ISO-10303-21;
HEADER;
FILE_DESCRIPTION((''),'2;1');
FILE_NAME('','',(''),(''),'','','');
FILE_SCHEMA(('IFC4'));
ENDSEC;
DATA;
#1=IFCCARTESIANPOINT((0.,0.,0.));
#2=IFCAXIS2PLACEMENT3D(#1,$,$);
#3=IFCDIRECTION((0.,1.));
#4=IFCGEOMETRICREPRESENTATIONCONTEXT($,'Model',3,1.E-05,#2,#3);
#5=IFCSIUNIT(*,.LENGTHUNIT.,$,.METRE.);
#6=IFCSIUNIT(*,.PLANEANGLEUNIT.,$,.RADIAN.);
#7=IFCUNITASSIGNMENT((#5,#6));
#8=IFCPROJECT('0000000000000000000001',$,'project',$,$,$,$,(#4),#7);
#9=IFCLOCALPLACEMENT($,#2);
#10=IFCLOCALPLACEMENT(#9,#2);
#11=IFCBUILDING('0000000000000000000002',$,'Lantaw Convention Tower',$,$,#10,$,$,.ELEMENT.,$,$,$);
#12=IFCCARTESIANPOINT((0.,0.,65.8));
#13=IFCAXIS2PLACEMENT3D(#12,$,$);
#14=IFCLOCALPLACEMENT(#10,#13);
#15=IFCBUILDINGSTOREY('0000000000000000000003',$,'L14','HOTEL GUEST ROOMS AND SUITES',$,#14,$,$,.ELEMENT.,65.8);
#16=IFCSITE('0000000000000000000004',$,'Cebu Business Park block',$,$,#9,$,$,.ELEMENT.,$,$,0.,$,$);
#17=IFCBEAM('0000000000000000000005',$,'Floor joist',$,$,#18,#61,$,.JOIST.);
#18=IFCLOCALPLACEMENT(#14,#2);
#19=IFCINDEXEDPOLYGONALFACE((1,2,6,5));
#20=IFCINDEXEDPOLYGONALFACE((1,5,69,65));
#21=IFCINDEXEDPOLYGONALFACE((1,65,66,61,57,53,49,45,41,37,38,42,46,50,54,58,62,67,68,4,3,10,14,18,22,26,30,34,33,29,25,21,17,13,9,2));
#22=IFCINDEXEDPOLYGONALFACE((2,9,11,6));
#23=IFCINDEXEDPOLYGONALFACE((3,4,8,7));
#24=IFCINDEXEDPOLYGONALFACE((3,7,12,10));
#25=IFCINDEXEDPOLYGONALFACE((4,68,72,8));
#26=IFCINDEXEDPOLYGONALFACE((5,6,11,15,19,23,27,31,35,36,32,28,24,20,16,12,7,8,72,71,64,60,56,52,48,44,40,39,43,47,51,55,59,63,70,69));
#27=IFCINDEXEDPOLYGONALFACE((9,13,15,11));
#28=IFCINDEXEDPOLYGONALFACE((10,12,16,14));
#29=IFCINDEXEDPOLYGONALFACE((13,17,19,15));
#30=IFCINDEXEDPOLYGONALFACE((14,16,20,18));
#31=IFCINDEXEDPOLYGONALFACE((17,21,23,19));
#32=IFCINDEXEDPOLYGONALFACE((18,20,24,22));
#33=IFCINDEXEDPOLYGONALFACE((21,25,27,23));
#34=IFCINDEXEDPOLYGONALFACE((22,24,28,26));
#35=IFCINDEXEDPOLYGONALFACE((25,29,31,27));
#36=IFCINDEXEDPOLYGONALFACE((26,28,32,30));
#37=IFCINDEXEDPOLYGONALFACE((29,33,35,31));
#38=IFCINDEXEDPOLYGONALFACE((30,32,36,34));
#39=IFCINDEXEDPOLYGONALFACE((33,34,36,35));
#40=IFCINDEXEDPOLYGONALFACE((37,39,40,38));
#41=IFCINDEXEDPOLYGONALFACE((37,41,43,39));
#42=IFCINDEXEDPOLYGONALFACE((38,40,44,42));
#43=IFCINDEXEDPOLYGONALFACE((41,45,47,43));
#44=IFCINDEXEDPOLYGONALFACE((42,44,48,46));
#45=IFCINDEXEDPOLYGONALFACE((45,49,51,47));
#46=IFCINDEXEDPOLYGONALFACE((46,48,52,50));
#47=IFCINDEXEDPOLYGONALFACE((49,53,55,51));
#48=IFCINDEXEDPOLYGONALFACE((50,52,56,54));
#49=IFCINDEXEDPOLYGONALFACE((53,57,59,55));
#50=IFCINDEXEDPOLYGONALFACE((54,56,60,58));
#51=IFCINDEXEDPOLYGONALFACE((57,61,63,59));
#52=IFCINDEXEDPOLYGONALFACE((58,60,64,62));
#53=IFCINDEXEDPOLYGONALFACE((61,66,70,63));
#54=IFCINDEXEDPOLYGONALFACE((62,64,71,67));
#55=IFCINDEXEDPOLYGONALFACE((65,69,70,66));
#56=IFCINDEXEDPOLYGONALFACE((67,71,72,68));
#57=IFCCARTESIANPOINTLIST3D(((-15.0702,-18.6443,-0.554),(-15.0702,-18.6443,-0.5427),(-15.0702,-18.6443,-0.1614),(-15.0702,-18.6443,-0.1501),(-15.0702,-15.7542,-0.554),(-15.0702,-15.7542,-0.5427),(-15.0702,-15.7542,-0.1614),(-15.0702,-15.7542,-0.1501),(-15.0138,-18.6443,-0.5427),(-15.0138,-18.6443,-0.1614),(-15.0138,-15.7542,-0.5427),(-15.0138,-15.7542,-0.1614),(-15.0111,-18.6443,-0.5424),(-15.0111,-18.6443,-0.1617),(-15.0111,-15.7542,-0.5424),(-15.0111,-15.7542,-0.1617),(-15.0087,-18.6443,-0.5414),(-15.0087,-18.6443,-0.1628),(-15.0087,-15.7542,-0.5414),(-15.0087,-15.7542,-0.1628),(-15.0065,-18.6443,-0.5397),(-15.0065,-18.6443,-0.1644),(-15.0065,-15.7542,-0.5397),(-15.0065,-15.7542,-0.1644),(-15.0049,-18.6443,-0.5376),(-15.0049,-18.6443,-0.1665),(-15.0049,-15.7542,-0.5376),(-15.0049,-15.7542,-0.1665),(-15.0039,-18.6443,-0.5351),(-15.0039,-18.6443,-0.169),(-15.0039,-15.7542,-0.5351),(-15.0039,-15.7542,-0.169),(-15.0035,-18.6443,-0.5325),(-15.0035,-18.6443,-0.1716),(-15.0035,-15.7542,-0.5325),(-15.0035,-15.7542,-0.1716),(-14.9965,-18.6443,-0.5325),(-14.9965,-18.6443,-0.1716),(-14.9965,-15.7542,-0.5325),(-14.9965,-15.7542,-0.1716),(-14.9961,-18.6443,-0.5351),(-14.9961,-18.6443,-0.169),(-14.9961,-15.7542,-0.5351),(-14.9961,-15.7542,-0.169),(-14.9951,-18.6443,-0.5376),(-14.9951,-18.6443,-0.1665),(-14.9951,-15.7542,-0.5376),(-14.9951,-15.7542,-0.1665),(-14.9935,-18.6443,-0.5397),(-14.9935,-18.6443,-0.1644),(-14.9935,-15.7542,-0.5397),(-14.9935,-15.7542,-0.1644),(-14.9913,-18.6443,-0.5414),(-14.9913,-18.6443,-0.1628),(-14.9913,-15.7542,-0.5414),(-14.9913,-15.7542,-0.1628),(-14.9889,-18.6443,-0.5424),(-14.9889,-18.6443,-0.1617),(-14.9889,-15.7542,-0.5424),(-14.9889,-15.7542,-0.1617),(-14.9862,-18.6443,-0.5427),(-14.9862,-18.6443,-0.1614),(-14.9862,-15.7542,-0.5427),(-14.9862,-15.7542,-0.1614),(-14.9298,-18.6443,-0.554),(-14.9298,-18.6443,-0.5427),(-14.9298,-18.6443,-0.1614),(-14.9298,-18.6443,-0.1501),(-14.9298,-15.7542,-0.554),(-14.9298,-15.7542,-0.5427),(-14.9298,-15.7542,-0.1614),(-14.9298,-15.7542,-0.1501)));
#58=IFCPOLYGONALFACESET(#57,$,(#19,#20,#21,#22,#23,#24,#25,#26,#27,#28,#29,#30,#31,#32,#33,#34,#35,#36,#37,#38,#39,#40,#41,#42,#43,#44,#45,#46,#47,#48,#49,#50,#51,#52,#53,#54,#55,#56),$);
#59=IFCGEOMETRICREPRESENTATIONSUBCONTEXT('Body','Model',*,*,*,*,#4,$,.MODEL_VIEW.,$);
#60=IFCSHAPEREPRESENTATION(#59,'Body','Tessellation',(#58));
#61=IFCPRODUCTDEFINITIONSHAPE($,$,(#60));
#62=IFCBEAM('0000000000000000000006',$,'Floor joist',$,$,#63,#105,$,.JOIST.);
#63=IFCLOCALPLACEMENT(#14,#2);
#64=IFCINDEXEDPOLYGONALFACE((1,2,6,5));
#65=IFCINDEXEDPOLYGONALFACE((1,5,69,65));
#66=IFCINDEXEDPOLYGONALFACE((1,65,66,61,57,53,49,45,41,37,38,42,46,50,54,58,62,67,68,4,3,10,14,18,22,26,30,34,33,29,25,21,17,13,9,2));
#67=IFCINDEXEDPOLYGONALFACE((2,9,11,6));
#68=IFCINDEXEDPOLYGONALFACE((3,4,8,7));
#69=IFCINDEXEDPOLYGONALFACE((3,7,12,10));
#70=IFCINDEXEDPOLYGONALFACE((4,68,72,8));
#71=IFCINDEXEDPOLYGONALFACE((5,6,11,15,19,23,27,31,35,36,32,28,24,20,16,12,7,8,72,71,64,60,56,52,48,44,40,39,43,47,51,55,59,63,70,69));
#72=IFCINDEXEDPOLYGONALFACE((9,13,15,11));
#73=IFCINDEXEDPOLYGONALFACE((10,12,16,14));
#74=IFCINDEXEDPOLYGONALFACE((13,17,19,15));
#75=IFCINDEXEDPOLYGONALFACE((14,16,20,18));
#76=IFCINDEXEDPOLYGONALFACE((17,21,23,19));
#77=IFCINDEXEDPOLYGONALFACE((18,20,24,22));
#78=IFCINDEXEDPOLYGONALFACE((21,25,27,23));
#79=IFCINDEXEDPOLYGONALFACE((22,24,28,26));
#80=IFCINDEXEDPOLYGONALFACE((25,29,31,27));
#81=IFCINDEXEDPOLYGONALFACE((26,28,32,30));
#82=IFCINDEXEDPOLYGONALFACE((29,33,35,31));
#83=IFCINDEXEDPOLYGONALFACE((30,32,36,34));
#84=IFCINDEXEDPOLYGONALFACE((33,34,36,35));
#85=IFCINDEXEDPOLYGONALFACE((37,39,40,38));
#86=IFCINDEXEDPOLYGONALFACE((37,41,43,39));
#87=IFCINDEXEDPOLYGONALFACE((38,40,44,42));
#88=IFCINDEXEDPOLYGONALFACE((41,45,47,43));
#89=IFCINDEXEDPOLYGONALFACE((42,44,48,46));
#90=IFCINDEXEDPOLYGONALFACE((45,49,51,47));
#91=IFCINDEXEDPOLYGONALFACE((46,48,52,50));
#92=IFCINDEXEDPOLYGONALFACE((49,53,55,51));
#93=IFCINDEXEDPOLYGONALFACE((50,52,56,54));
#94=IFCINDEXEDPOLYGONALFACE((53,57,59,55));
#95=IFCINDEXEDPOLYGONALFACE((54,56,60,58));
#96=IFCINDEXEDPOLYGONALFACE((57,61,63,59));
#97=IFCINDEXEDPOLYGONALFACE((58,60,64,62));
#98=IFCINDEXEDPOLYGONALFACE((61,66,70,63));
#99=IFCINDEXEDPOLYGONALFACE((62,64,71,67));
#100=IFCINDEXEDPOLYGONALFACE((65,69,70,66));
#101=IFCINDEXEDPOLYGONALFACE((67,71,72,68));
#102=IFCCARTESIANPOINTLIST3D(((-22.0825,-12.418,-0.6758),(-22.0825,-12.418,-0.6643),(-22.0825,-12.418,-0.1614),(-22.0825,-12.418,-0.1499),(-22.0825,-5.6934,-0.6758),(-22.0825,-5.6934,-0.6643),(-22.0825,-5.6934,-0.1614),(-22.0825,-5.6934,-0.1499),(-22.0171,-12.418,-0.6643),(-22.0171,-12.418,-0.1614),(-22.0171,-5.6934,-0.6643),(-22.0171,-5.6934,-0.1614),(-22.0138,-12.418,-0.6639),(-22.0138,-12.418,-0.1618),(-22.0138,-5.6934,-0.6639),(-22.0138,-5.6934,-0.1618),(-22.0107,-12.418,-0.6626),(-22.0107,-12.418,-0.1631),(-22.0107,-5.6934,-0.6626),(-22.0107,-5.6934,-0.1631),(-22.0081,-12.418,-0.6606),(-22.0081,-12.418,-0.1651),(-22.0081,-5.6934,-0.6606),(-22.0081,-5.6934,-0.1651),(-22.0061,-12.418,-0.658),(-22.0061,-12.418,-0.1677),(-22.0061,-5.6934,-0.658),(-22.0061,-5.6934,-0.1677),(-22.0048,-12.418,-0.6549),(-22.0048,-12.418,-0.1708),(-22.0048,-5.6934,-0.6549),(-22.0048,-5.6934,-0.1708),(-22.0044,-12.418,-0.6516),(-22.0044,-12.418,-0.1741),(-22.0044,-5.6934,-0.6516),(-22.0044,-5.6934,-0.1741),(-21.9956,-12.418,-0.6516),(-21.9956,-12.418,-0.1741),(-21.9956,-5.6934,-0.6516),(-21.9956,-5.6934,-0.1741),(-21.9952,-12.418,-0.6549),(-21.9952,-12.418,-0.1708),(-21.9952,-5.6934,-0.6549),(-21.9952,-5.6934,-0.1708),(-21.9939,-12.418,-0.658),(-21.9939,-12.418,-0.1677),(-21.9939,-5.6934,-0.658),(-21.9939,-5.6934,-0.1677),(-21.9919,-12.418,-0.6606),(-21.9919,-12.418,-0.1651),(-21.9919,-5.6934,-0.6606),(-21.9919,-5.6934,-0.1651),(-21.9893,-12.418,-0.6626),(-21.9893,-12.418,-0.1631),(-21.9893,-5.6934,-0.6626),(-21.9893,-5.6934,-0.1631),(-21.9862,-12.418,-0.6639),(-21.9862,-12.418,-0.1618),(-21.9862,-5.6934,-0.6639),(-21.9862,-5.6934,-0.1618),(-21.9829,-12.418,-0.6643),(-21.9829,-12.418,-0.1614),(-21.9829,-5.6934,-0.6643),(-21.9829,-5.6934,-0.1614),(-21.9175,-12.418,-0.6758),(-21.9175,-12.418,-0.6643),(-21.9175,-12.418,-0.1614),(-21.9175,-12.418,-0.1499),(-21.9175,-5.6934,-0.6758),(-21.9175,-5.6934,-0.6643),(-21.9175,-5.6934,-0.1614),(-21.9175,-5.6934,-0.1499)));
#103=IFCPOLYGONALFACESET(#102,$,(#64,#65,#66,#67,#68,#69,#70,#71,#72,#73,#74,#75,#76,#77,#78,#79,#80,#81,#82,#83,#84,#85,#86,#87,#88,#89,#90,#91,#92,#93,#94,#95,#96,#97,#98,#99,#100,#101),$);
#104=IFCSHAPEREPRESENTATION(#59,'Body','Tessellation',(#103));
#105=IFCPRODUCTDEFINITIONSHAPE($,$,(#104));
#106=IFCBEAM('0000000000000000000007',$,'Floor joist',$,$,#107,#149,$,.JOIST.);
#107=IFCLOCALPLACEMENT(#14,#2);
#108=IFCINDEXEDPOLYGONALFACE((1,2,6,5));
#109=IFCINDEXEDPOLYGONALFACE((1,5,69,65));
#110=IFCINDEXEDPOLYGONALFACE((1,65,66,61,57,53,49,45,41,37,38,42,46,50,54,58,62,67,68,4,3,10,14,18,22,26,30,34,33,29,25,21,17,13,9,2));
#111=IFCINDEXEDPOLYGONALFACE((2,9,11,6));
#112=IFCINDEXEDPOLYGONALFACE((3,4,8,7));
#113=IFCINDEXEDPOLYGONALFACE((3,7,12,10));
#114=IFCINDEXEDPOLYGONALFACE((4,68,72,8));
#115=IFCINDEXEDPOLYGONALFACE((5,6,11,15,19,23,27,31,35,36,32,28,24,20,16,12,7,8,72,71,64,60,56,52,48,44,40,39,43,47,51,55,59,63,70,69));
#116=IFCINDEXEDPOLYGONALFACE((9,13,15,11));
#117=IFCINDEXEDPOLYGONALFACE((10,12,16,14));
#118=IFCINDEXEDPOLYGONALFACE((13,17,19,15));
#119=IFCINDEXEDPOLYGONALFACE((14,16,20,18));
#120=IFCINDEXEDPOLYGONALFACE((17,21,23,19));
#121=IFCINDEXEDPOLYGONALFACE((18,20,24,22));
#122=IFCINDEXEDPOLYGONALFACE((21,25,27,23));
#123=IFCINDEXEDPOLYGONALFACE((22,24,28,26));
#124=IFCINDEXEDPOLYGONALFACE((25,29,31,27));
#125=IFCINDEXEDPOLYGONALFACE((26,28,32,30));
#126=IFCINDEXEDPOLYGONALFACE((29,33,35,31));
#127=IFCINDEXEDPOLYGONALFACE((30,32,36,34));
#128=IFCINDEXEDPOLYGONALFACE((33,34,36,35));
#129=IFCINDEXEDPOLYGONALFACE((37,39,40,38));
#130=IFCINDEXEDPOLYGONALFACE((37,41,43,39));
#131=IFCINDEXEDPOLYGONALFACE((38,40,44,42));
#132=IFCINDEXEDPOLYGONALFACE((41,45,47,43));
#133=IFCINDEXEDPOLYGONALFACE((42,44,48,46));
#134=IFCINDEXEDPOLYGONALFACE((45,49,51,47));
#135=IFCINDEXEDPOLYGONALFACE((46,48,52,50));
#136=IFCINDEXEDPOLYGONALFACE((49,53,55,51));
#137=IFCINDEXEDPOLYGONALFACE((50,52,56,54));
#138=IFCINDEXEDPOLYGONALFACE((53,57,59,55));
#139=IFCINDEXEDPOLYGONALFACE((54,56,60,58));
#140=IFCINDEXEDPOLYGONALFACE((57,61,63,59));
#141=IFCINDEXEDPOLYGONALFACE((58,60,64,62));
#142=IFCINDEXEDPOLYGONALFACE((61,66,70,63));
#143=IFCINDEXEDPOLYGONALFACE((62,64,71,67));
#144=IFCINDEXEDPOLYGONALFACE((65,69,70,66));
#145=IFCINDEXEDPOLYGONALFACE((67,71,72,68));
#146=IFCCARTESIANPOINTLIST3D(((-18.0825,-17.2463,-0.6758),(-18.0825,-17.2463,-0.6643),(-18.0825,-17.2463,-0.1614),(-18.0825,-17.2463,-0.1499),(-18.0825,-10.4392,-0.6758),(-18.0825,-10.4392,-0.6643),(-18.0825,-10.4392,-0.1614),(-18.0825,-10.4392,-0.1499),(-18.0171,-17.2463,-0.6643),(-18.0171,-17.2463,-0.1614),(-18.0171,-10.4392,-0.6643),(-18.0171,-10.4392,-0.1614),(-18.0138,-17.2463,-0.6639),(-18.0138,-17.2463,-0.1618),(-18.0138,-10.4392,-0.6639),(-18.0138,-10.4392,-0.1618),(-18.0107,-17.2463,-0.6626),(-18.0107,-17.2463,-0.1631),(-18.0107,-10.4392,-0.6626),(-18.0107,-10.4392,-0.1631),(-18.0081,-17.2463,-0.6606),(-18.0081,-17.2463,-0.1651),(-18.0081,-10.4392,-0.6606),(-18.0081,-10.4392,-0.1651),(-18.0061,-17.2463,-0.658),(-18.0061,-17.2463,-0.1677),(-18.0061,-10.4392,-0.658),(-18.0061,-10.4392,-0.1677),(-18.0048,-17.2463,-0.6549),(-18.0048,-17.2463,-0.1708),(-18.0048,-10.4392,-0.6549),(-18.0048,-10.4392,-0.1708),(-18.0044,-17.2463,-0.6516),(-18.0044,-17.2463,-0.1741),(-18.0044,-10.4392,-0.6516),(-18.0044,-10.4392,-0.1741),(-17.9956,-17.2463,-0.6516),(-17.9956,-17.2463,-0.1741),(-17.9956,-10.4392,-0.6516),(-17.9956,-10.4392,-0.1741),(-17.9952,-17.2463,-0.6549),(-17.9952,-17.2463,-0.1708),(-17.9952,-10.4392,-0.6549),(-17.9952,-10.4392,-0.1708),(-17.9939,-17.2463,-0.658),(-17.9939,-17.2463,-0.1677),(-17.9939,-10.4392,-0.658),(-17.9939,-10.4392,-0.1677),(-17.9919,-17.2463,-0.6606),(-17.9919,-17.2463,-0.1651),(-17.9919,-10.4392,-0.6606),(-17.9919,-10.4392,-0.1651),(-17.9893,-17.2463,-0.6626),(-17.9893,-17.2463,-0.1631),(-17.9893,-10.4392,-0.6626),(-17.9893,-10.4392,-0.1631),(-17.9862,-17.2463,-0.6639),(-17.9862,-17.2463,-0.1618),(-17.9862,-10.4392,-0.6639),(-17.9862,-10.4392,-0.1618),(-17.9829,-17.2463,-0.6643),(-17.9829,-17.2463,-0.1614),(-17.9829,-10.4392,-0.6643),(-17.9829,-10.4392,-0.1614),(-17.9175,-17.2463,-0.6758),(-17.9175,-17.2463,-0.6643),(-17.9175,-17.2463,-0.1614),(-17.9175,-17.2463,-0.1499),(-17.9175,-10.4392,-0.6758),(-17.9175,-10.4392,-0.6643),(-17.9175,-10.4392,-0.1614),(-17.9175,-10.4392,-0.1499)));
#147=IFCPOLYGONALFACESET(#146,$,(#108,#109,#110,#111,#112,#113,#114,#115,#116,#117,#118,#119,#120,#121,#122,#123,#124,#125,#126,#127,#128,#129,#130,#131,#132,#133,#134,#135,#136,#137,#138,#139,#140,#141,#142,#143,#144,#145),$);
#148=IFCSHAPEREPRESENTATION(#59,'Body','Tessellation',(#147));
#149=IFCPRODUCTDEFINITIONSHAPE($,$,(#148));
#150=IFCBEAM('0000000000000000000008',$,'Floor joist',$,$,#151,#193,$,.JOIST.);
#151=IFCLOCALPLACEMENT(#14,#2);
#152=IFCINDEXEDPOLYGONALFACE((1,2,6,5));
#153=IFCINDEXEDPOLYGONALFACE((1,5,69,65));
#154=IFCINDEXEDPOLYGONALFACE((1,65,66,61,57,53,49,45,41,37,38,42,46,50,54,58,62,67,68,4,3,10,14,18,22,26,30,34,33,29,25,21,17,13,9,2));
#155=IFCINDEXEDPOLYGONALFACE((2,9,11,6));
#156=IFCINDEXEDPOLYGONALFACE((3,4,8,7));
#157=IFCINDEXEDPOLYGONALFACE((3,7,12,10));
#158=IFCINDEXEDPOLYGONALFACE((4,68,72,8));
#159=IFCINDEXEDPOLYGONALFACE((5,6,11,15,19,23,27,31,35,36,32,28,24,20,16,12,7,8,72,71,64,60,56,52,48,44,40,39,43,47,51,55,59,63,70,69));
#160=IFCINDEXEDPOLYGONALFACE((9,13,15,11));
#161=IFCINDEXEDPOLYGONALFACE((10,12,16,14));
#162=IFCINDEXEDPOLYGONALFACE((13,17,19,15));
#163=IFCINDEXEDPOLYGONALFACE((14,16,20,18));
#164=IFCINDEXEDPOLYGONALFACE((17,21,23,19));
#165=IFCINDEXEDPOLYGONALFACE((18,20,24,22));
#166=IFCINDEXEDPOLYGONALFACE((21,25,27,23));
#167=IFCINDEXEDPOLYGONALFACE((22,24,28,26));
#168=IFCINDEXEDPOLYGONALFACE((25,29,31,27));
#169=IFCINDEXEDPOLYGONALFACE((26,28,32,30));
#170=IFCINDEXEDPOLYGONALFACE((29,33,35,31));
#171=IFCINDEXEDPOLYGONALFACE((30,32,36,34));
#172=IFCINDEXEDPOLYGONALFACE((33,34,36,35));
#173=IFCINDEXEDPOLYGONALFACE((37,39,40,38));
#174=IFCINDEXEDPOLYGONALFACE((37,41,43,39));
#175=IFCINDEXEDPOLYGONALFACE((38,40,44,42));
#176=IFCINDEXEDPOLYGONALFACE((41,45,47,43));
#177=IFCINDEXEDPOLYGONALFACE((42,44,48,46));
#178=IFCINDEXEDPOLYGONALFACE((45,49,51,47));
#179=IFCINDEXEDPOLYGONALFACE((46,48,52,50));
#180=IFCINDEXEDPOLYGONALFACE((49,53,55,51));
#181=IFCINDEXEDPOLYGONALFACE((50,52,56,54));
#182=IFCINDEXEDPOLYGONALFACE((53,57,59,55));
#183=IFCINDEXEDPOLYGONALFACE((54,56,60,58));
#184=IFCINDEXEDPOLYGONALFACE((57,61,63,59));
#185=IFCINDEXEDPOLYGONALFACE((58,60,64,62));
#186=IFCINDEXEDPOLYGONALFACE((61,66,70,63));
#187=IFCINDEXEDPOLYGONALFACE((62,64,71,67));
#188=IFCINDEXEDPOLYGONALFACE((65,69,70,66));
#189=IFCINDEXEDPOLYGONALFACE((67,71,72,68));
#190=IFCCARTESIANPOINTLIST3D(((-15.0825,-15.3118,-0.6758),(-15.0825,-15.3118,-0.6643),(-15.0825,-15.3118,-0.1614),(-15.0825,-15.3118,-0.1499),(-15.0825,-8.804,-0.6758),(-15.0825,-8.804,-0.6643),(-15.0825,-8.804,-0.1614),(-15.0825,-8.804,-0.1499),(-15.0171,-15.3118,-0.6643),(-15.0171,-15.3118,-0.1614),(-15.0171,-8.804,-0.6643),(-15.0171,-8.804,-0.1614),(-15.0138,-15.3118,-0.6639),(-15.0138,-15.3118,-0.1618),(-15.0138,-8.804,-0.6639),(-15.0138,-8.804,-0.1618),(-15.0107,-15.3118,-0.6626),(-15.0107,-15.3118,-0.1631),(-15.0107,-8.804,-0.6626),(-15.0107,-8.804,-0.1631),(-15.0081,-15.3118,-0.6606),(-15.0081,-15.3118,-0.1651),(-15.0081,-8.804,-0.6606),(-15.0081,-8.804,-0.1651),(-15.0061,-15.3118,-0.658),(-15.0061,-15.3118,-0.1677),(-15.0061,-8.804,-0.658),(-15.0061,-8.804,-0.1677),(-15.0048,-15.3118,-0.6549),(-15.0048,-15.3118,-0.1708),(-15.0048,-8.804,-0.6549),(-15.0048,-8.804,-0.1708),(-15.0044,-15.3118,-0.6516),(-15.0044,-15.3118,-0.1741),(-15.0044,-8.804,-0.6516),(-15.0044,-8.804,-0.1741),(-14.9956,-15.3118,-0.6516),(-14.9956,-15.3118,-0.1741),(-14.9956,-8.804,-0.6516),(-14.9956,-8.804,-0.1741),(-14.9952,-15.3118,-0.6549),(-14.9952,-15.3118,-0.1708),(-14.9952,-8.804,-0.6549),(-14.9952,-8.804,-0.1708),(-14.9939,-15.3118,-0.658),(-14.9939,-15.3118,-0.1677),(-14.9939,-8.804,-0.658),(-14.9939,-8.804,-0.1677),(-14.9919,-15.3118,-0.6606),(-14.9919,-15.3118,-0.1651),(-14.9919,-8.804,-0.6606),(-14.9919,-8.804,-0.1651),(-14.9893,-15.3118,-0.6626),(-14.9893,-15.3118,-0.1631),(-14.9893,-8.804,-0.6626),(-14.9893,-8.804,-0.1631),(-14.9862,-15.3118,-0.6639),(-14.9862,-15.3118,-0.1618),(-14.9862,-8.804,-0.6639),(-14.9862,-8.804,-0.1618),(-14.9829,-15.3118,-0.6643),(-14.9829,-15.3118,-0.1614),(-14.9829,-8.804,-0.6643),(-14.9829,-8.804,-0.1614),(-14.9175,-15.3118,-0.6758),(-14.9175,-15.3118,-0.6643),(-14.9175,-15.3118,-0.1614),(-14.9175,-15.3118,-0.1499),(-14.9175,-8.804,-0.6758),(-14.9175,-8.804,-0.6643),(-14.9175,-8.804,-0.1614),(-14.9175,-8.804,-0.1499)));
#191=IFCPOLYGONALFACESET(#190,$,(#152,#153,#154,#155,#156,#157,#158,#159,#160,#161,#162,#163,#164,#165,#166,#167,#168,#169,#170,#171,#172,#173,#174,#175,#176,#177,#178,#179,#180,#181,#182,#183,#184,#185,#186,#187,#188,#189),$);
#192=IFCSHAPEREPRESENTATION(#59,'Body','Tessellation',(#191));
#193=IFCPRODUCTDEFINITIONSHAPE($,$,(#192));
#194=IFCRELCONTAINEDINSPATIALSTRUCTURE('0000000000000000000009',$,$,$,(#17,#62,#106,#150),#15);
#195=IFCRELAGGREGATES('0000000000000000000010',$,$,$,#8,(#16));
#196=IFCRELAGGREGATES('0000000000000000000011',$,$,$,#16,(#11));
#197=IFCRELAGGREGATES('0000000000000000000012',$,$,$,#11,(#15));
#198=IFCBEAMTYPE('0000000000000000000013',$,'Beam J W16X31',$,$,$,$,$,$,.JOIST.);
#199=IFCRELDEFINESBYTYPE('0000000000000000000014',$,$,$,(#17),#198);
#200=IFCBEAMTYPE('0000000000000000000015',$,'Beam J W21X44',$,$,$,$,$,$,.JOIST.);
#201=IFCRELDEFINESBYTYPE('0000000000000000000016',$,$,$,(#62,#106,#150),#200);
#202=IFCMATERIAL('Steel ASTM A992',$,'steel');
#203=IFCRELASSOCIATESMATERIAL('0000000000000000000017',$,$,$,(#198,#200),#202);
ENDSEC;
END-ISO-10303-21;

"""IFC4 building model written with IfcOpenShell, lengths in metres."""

from ifc_helpers import new_model, si_unit, direction, frame, origin, origin_2d, place, context, subcontext, project, spatial, i_section, extrude, material, material_profile, profile_set, type_object, element, save


model = new_model("IFC4")

# Units and contexts
model_context = context("Model", 3, precision=1e-05, world=origin(), true_north=direction((0.0, 1.0)))
body_context = subcontext(model_context, "Body", "Model", "MODEL_VIEW")
ifc_project = project(units=[si_unit("LENGTHUNIT", "METRE"), si_unit("PLANEANGLEUNIT", "RADIAN")], contexts=[model_context])

# Site, building, storey
site_placement = place(None, origin())
site = spatial("IfcSite", under=ifc_project, at=site_placement, Name="Cebu Business Park block", CompositionType="ELEMENT", RefElevation=0.0)
building_placement = place(site_placement, origin())
building = spatial("IfcBuilding", under=site, at=building_placement, Name="Lantaw Convention Tower", CompositionType="ELEMENT")
storey_placement = place(building_placement, frame((0.0, 0.0, 65.8)))
storey = spatial("IfcBuildingStorey", under=building, at=storey_placement, Name="L14", Description="HOTEL GUEST ROOMS AND SUITES", CompositionType="ELEMENT", Elevation=65.8)

# Beams
ifc_material_1 = material(Name="Steel ASTM A992", Category="steel")
ifc_material_profile_1 = material_profile(ifc_material_1, i_section(OverallWidth=0.1404, OverallDepth=0.4038, WebThickness=0.0071, FlangeThickness=0.0112, FilletRadius=0.0103, at=origin_2d()), Name="W16X31")
ifc_profile_set_1 = profile_set([ifc_material_profile_1], Name="Steel ASTM A992")
beam_type_1 = type_object("IfcBeamType", Name="Beam J W16X31", PredefinedType="JOIST", material=ifc_profile_set_1)
beam_1_placement = place(storey_placement, frame((-15.0, -18.6443, -0.3521), z_axis=(0.0, 1.0, 0.0), x_axis=(-1.0, 0.0, 0.0)))
element("IfcBeam", 1, at=beam_1_placement, inside=storey, type_object=beam_type_1, Name="Floor joist", PredefinedType="JOIST", context=body_context, shape_type="SweptSolid", body=[
    extrude(i_section(OverallWidth=0.1404, OverallDepth=0.4038, WebThickness=0.0071, FlangeThickness=0.0112, FilletRadius=0.0103, at=origin_2d()), origin(), (0.0, 0.0, 1.0), 2.8901),
])
ifc_material_profile_2 = material_profile(ifc_material_1, i_section(OverallWidth=0.165, OverallDepth=0.5259, WebThickness=0.0088, FlangeThickness=0.0115, FilletRadius=0.0127, at=origin_2d()), Name="W21X44")
ifc_profile_set_2 = profile_set([ifc_material_profile_2], Name="Steel ASTM A992")
beam_type_2 = type_object("IfcBeamType", Name="Beam J W21X44", PredefinedType="JOIST", material=ifc_profile_set_2)
beam_2_placement = place(storey_placement, frame((-22.0, -12.418, -0.4128), z_axis=(0.0, 1.0, 0.0), x_axis=(-1.0, 0.0, 0.0)))
element("IfcBeam", 2, at=beam_2_placement, inside=storey, type_object=beam_type_2, Name="Floor joist", PredefinedType="JOIST", context=body_context, shape_type="SweptSolid", body=[
    extrude(i_section(OverallWidth=0.165, OverallDepth=0.5259, WebThickness=0.0088, FlangeThickness=0.0115, FilletRadius=0.0127, at=origin_2d()), origin(), (0.0, 0.0, 1.0), 6.7246),
])
beam_3_placement = place(storey_placement, frame((-18.0, -17.2463, -0.4128), z_axis=(0.0, 1.0, 0.0), x_axis=(-1.0, 0.0, 0.0)))
element("IfcBeam", 3, at=beam_3_placement, inside=storey, type_object=beam_type_2, Name="Floor joist", PredefinedType="JOIST", context=body_context, shape_type="SweptSolid", body=[
    extrude(i_section(OverallWidth=0.165, OverallDepth=0.5259, WebThickness=0.0088, FlangeThickness=0.0115, FilletRadius=0.0127, at=origin_2d()), origin(), (0.0, 0.0, 1.0), 6.8071),
])
beam_4_placement = place(storey_placement, frame((-15.0, -15.3118, -0.4128), z_axis=(0.0, 1.0, 0.0), x_axis=(-1.0, 0.0, 0.0)))
element("IfcBeam", 4, at=beam_4_placement, inside=storey, type_object=beam_type_2, Name="Floor joist", PredefinedType="JOIST", context=body_context, shape_type="SweptSolid", body=[
    extrude(i_section(OverallWidth=0.165, OverallDepth=0.5259, WebThickness=0.0088, FlangeThickness=0.0115, FilletRadius=0.0127, at=origin_2d()), origin(), (0.0, 0.0, 1.0), 6.5078),
])

save(model, "model.ifc")
